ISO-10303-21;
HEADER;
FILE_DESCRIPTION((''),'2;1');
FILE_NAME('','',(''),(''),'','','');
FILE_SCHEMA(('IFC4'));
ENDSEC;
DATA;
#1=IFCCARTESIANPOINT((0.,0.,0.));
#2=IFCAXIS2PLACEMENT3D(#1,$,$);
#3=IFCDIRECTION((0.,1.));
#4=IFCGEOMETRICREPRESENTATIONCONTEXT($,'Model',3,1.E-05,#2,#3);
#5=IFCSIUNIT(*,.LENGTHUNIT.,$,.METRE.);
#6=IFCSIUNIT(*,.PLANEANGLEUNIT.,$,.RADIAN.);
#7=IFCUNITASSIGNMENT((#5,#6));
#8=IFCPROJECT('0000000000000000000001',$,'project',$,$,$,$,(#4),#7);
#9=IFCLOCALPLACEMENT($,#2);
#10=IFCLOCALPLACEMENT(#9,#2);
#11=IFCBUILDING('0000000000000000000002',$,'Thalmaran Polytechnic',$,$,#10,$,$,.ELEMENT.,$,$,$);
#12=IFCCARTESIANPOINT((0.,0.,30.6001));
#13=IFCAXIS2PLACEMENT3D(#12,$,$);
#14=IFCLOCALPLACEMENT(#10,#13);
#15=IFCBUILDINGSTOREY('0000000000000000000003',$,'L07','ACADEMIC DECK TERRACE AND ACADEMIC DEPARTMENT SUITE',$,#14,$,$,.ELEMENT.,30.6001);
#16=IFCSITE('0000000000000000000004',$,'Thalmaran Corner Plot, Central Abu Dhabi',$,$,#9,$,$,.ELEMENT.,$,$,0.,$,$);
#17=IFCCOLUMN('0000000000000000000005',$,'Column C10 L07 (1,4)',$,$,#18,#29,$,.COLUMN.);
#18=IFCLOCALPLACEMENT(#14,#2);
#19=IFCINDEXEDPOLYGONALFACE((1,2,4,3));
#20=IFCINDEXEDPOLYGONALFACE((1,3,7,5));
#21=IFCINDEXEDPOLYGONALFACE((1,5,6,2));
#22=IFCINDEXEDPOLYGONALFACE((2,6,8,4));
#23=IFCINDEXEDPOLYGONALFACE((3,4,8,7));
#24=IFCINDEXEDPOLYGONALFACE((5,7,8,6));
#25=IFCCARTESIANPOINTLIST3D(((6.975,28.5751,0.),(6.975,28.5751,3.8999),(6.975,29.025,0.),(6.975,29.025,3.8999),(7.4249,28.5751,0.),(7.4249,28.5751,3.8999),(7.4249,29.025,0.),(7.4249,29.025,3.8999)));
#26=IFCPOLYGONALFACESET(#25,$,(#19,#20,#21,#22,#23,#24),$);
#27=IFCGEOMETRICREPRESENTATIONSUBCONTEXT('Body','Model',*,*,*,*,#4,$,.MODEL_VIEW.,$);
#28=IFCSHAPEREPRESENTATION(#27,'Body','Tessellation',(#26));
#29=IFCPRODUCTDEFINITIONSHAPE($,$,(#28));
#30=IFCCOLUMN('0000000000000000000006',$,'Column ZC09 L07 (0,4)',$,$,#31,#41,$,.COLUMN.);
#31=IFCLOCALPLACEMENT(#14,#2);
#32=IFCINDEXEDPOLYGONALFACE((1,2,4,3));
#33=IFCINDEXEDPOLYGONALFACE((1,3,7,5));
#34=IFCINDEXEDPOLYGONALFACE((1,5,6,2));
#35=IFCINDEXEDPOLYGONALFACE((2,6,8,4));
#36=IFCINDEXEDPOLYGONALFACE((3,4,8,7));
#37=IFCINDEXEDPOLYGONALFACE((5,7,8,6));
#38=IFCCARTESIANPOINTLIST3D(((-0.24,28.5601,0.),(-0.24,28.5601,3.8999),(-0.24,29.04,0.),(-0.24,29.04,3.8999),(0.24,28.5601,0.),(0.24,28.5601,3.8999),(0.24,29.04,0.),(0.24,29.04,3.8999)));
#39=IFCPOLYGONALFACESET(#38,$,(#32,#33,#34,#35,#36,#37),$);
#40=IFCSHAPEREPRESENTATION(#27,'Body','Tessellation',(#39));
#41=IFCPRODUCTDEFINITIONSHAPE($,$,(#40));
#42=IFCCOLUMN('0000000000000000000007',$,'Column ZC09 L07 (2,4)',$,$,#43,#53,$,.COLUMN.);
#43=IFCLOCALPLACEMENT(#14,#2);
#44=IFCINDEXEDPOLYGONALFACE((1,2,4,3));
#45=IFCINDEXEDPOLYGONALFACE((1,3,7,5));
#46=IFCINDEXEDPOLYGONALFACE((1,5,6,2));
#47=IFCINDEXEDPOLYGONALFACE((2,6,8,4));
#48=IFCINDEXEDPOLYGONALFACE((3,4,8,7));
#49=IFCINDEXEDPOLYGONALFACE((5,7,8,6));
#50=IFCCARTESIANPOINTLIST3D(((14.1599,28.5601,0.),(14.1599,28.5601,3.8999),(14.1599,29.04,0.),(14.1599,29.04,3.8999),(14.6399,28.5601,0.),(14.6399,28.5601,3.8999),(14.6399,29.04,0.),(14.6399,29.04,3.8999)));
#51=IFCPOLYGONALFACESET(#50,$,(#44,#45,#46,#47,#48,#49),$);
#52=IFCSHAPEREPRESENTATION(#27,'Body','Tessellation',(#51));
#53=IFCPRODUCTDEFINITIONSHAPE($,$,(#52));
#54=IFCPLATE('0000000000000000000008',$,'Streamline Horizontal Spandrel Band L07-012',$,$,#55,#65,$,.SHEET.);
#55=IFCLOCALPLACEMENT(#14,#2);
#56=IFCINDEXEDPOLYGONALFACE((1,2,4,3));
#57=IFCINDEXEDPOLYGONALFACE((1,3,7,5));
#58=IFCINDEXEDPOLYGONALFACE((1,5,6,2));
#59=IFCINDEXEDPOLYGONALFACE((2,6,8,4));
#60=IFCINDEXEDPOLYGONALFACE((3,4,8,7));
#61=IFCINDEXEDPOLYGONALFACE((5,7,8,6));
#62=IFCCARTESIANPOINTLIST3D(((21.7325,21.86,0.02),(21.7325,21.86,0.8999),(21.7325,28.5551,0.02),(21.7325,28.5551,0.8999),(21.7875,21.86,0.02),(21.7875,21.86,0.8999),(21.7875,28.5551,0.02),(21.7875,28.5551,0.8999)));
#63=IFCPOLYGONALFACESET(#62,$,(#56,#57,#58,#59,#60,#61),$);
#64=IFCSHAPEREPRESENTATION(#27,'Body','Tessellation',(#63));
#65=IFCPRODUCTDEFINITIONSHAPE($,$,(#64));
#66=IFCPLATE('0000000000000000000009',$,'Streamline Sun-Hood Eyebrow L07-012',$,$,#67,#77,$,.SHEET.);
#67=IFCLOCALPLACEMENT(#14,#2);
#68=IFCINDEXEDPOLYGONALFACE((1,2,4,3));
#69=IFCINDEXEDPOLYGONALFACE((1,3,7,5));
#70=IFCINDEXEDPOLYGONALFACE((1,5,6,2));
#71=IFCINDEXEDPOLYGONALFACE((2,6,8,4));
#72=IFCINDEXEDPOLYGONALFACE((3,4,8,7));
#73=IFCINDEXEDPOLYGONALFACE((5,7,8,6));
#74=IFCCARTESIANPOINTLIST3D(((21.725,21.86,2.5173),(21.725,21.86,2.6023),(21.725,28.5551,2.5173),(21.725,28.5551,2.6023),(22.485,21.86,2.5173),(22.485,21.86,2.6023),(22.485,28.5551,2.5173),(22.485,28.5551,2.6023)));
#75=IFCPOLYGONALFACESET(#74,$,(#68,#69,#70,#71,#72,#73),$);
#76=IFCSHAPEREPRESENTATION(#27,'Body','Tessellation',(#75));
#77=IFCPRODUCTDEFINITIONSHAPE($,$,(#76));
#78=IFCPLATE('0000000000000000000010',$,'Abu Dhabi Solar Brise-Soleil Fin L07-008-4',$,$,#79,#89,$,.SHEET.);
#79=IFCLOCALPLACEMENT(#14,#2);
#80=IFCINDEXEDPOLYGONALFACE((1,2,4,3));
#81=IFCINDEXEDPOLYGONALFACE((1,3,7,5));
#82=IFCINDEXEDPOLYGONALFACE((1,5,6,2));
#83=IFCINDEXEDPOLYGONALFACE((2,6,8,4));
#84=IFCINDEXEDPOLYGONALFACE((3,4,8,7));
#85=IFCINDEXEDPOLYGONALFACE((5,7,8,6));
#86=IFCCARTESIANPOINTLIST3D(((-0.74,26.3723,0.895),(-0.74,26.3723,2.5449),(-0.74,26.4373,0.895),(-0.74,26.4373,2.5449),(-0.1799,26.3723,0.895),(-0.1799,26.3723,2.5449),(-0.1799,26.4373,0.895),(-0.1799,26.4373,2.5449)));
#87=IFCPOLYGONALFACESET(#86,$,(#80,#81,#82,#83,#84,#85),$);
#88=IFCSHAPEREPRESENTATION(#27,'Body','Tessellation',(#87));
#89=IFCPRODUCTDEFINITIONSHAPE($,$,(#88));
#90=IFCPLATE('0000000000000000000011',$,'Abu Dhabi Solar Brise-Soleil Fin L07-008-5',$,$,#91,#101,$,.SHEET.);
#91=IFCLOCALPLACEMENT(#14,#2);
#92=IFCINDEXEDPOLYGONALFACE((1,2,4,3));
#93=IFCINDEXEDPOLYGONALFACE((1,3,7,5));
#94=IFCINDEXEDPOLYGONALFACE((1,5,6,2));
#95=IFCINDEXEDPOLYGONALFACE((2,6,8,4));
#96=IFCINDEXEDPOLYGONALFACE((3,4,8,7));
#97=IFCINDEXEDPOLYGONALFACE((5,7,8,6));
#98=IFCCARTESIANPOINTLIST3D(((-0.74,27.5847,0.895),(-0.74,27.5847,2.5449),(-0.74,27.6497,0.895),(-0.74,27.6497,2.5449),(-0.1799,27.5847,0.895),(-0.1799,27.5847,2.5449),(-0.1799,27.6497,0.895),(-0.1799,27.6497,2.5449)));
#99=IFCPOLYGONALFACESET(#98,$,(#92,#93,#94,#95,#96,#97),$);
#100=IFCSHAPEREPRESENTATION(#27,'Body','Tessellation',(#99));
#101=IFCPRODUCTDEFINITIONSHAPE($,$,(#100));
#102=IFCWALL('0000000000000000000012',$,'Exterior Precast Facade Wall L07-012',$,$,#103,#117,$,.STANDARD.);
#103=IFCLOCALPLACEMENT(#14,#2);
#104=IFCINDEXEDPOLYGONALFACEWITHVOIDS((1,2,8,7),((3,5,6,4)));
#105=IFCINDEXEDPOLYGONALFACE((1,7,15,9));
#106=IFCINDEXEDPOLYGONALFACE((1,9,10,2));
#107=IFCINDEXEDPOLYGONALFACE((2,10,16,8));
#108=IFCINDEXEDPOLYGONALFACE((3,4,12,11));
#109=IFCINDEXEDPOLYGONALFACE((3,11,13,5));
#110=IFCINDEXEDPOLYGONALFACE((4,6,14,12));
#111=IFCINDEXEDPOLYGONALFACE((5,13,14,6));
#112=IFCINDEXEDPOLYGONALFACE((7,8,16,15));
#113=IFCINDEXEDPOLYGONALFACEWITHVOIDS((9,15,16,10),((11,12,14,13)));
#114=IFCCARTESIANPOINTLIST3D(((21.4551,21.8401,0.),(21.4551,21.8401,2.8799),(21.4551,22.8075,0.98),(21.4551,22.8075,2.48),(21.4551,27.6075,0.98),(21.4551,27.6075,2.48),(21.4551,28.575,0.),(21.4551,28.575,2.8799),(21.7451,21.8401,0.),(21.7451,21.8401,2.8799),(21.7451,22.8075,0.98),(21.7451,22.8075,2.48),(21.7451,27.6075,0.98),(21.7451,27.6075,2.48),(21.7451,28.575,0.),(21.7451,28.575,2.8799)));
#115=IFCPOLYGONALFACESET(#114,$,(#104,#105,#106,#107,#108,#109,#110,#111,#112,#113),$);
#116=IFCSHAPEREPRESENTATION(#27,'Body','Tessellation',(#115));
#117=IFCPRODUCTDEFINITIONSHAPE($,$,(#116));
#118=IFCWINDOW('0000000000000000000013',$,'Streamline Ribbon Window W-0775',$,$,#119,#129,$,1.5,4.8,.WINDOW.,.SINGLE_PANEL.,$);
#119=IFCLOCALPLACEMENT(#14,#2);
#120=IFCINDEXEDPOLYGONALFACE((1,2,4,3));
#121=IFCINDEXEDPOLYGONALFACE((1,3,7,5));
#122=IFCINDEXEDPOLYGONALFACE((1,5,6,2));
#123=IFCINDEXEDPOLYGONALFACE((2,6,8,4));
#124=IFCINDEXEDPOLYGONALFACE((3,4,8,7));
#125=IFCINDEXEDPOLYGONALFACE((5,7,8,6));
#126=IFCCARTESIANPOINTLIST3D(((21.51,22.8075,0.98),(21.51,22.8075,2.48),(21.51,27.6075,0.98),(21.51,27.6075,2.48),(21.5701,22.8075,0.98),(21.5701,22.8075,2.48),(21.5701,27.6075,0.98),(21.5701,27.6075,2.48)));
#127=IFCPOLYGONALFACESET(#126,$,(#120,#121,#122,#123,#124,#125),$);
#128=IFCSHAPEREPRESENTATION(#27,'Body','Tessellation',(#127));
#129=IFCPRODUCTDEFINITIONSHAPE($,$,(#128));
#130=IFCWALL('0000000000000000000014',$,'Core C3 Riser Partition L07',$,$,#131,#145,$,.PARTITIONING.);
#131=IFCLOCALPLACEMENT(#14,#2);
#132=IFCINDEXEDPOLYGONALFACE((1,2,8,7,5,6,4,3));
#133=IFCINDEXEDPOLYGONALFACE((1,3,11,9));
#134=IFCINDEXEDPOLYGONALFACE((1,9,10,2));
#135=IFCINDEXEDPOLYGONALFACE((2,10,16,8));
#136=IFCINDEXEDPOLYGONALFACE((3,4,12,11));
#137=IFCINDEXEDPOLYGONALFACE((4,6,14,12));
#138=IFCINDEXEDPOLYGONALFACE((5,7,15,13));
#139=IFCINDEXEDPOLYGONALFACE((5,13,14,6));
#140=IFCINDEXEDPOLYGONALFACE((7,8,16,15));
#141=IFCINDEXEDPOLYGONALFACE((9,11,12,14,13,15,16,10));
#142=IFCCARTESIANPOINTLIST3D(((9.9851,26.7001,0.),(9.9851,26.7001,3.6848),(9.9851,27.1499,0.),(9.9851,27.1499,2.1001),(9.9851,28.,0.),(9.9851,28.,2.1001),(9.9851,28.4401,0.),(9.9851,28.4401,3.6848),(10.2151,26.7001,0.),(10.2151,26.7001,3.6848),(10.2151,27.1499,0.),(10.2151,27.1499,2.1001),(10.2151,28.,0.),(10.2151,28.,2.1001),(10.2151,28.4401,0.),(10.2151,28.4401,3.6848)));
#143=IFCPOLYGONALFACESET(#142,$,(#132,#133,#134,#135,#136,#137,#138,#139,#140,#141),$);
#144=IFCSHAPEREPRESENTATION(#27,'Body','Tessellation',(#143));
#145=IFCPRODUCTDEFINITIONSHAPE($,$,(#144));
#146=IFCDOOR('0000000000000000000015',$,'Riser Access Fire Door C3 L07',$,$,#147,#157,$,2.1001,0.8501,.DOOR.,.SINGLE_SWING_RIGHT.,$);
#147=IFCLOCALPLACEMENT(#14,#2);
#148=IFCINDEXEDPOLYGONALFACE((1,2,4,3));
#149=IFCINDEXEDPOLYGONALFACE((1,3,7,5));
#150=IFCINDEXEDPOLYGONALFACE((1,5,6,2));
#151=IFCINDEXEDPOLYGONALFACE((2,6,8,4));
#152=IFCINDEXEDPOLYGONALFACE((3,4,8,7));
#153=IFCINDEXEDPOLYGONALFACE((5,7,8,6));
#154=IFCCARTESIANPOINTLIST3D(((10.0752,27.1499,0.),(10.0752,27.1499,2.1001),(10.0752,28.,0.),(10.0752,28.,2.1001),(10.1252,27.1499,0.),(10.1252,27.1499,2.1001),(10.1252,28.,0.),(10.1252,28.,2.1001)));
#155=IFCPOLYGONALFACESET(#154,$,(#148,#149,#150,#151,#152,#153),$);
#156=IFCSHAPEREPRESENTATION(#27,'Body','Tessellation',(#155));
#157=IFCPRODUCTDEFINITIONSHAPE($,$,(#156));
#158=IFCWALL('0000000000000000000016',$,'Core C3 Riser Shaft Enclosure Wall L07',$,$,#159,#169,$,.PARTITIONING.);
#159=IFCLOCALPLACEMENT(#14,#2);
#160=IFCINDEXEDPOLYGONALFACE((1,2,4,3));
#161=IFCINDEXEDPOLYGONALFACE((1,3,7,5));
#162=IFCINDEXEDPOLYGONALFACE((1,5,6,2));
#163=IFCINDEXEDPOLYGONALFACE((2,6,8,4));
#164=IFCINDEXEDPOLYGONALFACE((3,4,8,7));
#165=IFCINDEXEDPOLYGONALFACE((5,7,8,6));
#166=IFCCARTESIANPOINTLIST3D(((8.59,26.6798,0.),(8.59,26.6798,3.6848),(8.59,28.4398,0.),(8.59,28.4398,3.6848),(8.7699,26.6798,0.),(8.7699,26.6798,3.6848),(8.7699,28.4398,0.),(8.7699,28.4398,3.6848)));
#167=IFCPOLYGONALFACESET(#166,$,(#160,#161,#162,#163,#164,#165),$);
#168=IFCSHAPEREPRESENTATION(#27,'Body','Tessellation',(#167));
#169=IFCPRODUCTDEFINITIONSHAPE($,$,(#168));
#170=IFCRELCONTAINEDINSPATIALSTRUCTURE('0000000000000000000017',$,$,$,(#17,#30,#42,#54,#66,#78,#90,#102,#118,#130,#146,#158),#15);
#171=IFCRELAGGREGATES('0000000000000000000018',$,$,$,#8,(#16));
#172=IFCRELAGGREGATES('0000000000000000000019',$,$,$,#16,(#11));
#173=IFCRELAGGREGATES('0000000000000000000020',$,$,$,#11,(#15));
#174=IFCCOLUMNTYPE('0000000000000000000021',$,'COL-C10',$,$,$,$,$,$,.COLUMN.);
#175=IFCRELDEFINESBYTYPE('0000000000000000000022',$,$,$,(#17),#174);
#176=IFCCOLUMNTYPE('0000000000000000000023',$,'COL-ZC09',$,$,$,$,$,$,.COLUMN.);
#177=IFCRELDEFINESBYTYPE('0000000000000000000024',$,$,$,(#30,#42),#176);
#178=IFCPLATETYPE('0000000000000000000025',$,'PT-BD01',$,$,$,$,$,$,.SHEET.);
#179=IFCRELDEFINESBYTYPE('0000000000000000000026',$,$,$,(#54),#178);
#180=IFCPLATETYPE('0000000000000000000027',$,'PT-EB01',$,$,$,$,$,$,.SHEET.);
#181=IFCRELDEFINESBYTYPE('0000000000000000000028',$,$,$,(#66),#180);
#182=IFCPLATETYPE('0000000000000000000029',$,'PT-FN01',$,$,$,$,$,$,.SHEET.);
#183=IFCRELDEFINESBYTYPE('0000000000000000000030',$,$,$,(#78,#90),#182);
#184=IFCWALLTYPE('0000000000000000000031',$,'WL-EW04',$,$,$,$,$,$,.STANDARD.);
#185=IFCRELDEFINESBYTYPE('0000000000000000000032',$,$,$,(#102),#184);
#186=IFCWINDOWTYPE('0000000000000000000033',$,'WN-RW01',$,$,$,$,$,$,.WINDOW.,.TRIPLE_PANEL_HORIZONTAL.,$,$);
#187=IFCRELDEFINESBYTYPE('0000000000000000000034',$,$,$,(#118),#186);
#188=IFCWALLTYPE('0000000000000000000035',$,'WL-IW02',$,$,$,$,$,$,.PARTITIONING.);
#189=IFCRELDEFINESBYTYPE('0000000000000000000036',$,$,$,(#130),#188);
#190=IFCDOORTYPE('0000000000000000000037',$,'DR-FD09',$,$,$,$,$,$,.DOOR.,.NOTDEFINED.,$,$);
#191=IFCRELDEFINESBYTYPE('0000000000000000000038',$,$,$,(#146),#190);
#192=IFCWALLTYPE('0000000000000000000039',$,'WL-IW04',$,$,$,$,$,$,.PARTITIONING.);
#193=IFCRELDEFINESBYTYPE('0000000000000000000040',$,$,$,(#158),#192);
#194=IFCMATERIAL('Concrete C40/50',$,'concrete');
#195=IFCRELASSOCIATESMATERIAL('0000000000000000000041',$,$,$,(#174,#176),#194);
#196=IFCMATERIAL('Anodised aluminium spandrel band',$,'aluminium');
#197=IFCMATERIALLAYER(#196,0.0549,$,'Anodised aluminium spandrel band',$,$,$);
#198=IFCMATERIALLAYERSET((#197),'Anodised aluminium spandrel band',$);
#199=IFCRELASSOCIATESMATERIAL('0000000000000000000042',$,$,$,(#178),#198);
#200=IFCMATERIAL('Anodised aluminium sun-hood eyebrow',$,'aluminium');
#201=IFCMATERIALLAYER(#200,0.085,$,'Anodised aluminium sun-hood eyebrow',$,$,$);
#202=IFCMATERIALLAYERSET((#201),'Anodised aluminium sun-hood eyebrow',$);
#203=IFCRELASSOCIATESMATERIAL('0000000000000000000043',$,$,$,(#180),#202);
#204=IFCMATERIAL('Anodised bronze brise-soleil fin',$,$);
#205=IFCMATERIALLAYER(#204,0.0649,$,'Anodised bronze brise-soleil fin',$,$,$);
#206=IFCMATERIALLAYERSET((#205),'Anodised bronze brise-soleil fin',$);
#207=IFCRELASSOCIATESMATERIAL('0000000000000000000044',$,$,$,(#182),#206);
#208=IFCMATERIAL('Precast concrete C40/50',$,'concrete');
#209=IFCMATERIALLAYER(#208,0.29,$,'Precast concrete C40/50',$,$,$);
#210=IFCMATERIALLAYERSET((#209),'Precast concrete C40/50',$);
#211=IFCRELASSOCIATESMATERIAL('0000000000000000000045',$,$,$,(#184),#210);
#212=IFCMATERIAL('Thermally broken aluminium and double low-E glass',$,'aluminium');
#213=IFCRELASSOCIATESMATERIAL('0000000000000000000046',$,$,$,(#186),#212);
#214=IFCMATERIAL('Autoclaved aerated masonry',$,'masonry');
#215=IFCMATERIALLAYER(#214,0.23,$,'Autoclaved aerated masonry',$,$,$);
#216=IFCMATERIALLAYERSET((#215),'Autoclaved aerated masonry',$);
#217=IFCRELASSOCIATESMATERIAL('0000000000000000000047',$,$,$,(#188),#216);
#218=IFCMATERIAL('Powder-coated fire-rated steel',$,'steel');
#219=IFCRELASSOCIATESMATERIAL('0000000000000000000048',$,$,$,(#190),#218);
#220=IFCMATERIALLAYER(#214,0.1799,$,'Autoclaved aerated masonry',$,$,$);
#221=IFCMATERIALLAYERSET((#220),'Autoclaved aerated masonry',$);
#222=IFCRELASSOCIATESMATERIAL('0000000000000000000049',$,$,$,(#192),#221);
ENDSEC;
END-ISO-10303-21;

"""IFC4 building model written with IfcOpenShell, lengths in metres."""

from ifc_helpers import new_model, si_unit, direction, frame, frame_2d, origin, origin_2d, place, context, subcontext, project, spatial, rectangle, extrude, material, layer, layer_set, material_profile, profile_set, type_object, element, fill, save


model = new_model("IFC4")

# Units and contexts
model_context = context("Model", 3, precision=1e-05, world=origin(), true_north=direction((0.0, 1.0)))
body_context = subcontext(model_context, "Body", "Model", "MODEL_VIEW")
ifc_project = project(units=[si_unit("LENGTHUNIT", "METRE"), si_unit("PLANEANGLEUNIT", "RADIAN")], contexts=[model_context])

# Site, building, storey
site_placement = place(None, origin())
site = spatial("IfcSite", under=ifc_project, at=site_placement, Name="Thalmaran Corner Plot, Central Abu Dhabi", CompositionType="ELEMENT", RefElevation=0.0)
building_placement = place(site_placement, origin())
building = spatial("IfcBuilding", under=site, at=building_placement, Name="Thalmaran Polytechnic", CompositionType="ELEMENT")
storey_placement = place(building_placement, frame((0.0, 0.0, 30.6001)))
storey = spatial("IfcBuildingStorey", under=building, at=storey_placement, Name="L07", Description="ACADEMIC DECK TERRACE AND ACADEMIC DEPARTMENT SUITE", CompositionType="ELEMENT", Elevation=30.6001)

# Columns
ifc_material_1 = material(Name="Concrete C40/50", Category="concrete")
ifc_material_profile_1 = material_profile(ifc_material_1, rectangle(XDim=0.45, YDim=0.45, at=origin_2d()), Name="RC 450x450")
ifc_profile_set_1 = profile_set([ifc_material_profile_1], Name="Concrete C40/50")
column_type_1 = type_object("IfcColumnType", Name="COL-C10", PredefinedType="COLUMN", material=ifc_profile_set_1)
column_placement = place(storey_placement, frame((7.2, 28.8, 0.0), z_axis=(0.0, 0.0, 1.0), x_axis=(1.0, 0.0, 0.0)))
element("IfcColumn", 1, at=column_placement, inside=storey, type_object=column_type_1, Name="Column C10 L07 (1,4)", PredefinedType="COLUMN", context=body_context, shape_type="SweptSolid", body=[
    extrude(rectangle(XDim=0.45, YDim=0.45, at=origin_2d()), origin(), (0.0, 0.0, 1.0), 3.8999),
])
ifc_material_profile_2 = material_profile(ifc_material_1, rectangle(XDim=0.48, YDim=0.48, at=origin_2d()), Name="RC 480x480")
ifc_profile_set_2 = profile_set([ifc_material_profile_2], Name="Concrete C40/50")
column_type_2 = type_object("IfcColumnType", Name="COL-ZC09", PredefinedType="COLUMN", material=ifc_profile_set_2)
for number, where, z_axis, x_axis, name in (
    (2, (0.0, 28.8, 0.0), (0.0, 0.0, 1.0), (1.0, 0.0, 0.0), "Column ZC09 L07 (0,4)"),
    (3, (14.3999, 28.8, 0.0), (0.0, 0.0, 1.0), (1.0, 0.0, 0.0), "Column ZC09 L07 (2,4)"),
):
    element("IfcColumn", number, at=place(storey_placement, frame(where, z_axis=z_axis, x_axis=x_axis)), inside=storey, type_object=column_type_2, Name=name, PredefinedType="COLUMN", context=body_context, shape_type="SweptSolid", body=[
        extrude(rectangle(XDim=0.48, YDim=0.48, at=origin_2d()), origin(), (0.0, 0.0, 1.0), 3.8999),
    ])

# Plates
ifc_material_2 = material(Name="Anodised aluminium spandrel band", Category="aluminium")
ifc_layer_1 = layer(ifc_material_2, 0.0549, Name="Anodised aluminium spandrel band")
ifc_layer_set_1 = layer_set([ifc_layer_1], Name="Anodised aluminium spandrel band")
plate_type_1 = type_object("IfcPlateType", Name="PT-BD01", PredefinedType="SHEET", material=ifc_layer_set_1)
plate_1_placement = place(storey_placement, frame((21.76, 25.2075, 0.02), z_axis=(0.0, 0.0, 1.0), x_axis=(0.0, -1.0, 0.0)))
element("IfcPlate", 4, at=plate_1_placement, inside=storey, type_object=plate_type_1, Name="Streamline Horizontal Spandrel Band L07-012", PredefinedType="SHEET", context=body_context, shape_type="SweptSolid", body=[
    extrude(rectangle(XDim=6.6951, YDim=0.0549, at=origin_2d()), origin(), (0.0, 0.0, 1.0), 0.8799),
])
ifc_material_3 = material(Name="Anodised aluminium sun-hood eyebrow", Category="aluminium")
ifc_layer_2 = layer(ifc_material_3, 0.085, Name="Anodised aluminium sun-hood eyebrow")
ifc_layer_set_2 = layer_set([ifc_layer_2], Name="Anodised aluminium sun-hood eyebrow")
plate_type_2 = type_object("IfcPlateType", Name="PT-EB01", PredefinedType="SHEET", material=ifc_layer_set_2)
plate_2_placement = place(storey_placement, frame((22.105, 25.2075, 2.5173), z_axis=(0.0, 0.0, 1.0), x_axis=(0.0, -1.0, 0.0)))
element("IfcPlate", 5, at=plate_2_placement, inside=storey, type_object=plate_type_2, Name="Streamline Sun-Hood Eyebrow L07-012", PredefinedType="SHEET", context=body_context, shape_type="SweptSolid", body=[
    extrude(rectangle(XDim=6.6951, YDim=0.76, at=origin_2d()), origin(), (0.0, 0.0, 1.0), 0.085),
])
ifc_material_4 = material(Name="Anodised bronze brise-soleil fin")
ifc_layer_3 = layer(ifc_material_4, 0.0649, Name="Anodised bronze brise-soleil fin")
ifc_layer_set_3 = layer_set([ifc_layer_3], Name="Anodised bronze brise-soleil fin")
plate_type_3 = type_object("IfcPlateType", Name="PT-FN01", PredefinedType="SHEET", material=ifc_layer_set_3)
for number, where, z_axis, x_axis, name in (
    (6, (-0.46, 26.4048, 0.895), (0.0, 0.0, 1.0), (0.0, 1.0, 0.0), "Abu Dhabi Solar Brise-Soleil Fin L07-008-4"),
    (7, (-0.46, 27.6172, 0.895), (0.0, 0.0, 1.0), (0.0, 1.0, 0.0), "Abu Dhabi Solar Brise-Soleil Fin L07-008-5"),
):
    element("IfcPlate", number, at=place(storey_placement, frame(where, z_axis=z_axis, x_axis=x_axis)), inside=storey, type_object=plate_type_3, Name=name, PredefinedType="SHEET", context=body_context, shape_type="SweptSolid", body=[
        extrude(rectangle(XDim=0.0649, YDim=0.5601, at=origin_2d()), origin(), (0.0, 0.0, 1.0), 1.6499),
    ])

# Wall, opening, window
ifc_material_5 = material(Name="Precast concrete C40/50", Category="concrete")
ifc_layer_4 = layer(ifc_material_5, 0.29, Name="Precast concrete C40/50")
ifc_layer_set_4 = layer_set([ifc_layer_4], Name="Precast concrete C40/50")
wall_type_1 = type_object("IfcWallType", Name="WL-EW04", PredefinedType="STANDARD", material=ifc_layer_set_4)
wall_1_placement = place(storey_placement, frame((21.6001, 28.575, 0.0), z_axis=(0.0, 0.0, 1.0), x_axis=(0.0, -1.0, 0.0)))
wall_1 = element("IfcWall", 8, at=wall_1_placement, inside=storey, type_object=wall_type_1, Name="Exterior Precast Facade Wall L07-012", PredefinedType="STANDARD", context=body_context, shape_type="SweptSolid", body=[
    extrude(rectangle(XDim=6.7349, YDim=0.29, at=frame_2d((3.3674, 0.0))), origin(), (0.0, 0.0, 1.0), 2.8799),
])
opening_1_placement = place(wall_1_placement, frame((0.9675, 0.0, 0.98)))
opening_1 = element("IfcOpeningElement", 9, at=opening_1_placement, cuts=wall_1, PredefinedType="OPENING", context=body_context, shape_type="SweptSolid", body=[
    extrude(rectangle(XDim=4.8, YDim=1.5, at=frame_2d((2.3999, 0.75))), frame((0.0, 0.155, 0.0), z_axis=(0.0, -1.0, 0.0), x_axis=(1.0, 0.0, 0.0)), (0.0, 0.0, 1.0), 0.3101),
])
ifc_material_6 = material(Name="Thermally broken aluminium and double low-E glass", Category="aluminium")
window_type = type_object("IfcWindowType", Name="WN-RW01", PartitioningType="TRIPLE_PANEL_HORIZONTAL", PredefinedType="WINDOW", material=ifc_material_6)
window_placement = place(opening_1_placement, origin())
window = element("IfcWindow", 10, at=window_placement, inside=storey, type_object=window_type, Name="Streamline Ribbon Window W-0775", OverallHeight=1.5, OverallWidth=4.8, PartitioningType="SINGLE_PANEL", PredefinedType="WINDOW", context=body_context, shape_type="SweptSolid", body=[
    extrude(rectangle(XDim=4.8, YDim=1.5, at=frame_2d((2.3999, 0.75))), frame((0.0, -0.03, 0.0), z_axis=(0.0, -1.0, 0.0), x_axis=(1.0, 0.0, 0.0)), (0.0, 0.0, 1.0), 0.0601),
])
fill(opening_1, window)

# Wall, opening, door
ifc_material_7 = material(Name="Autoclaved aerated masonry", Category="masonry")
ifc_layer_5 = layer(ifc_material_7, 0.23, Name="Autoclaved aerated masonry")
ifc_layer_set_5 = layer_set([ifc_layer_5], Name="Autoclaved aerated masonry")
wall_type_2 = type_object("IfcWallType", Name="WL-IW02", PredefinedType="PARTITIONING", material=ifc_layer_set_5)
wall_2_placement = place(storey_placement, frame((10.1001, 26.7, 0.0), z_axis=(0.0, 0.0, 1.0), x_axis=(0.0, 1.0, 0.0)))
wall_2 = element("IfcWall", 11, at=wall_2_placement, inside=storey, type_object=wall_type_2, Name="Core C3 Riser Partition L07", PredefinedType="PARTITIONING", context=body_context, shape_type="SweptSolid", body=[
    extrude(rectangle(XDim=1.74, YDim=0.23, at=frame_2d((0.8701, 0.0))), origin(), (0.0, 0.0, 1.0), 3.6848),
])
opening_2_placement = place(wall_2_placement, frame((0.45, 0.0, 0.0)))
opening_2 = element("IfcOpeningElement", 12, at=opening_2_placement, cuts=wall_2, PredefinedType="OPENING", context=body_context, shape_type="SweptSolid", body=[
    extrude(rectangle(XDim=0.8501, YDim=2.1001, at=frame_2d((0.425, 1.05))), frame((0.0, 0.125, 0.0), z_axis=(0.0, -1.0, 0.0), x_axis=(1.0, 0.0, 0.0)), (0.0, 0.0, 1.0), 0.25),
])
ifc_material_8 = material(Name="Powder-coated fire-rated steel", Category="steel")
door_type_1 = type_object("IfcDoorType", Name="DR-FD09", OperationType="NOTDEFINED", PredefinedType="DOOR", material=ifc_material_8)
door_1_placement = place(opening_2_placement, origin())
door_1 = element("IfcDoor", 13, at=door_1_placement, inside=storey, type_object=door_type_1, Name="Riser Access Fire Door C3 L07", OperationType="SINGLE_SWING_RIGHT", OverallHeight=2.1001, OverallWidth=0.8501, PredefinedType="DOOR", context=body_context, shape_type="SweptSolid", body=[
    extrude(rectangle(XDim=0.8501, YDim=2.1001, at=frame_2d((0.425, 1.05))), frame((0.0, 0.0249, 0.0), z_axis=(0.0, -1.0, 0.0), x_axis=(1.0, 0.0, 0.0)), (0.0, 0.0, 1.0), 0.05),
])
fill(opening_2, door_1)

# Wall
ifc_layer_6 = layer(ifc_material_7, 0.1799, Name="Autoclaved aerated masonry")
ifc_layer_set_6 = layer_set([ifc_layer_6], Name="Autoclaved aerated masonry")
wall_type_3 = type_object("IfcWallType", Name="WL-IW04", PredefinedType="PARTITIONING", material=ifc_layer_set_6)
wall_3_placement = place(storey_placement, frame((8.6799, 26.6799, 0.0), z_axis=(0.0, 0.0, 1.0), x_axis=(0.0, 1.0, 0.0)))
element("IfcWall", 14, at=wall_3_placement, inside=storey, type_object=wall_type_3, Name="Core C3 Riser Shaft Enclosure Wall L07", PredefinedType="PARTITIONING", context=body_context, shape_type="SweptSolid", body=[
    extrude(rectangle(XDim=1.76, YDim=0.1799, at=frame_2d((0.8799, 0.0))), origin(), (0.0, 0.0, 1.0), 3.6848),
])

save(model, "model.ifc")
